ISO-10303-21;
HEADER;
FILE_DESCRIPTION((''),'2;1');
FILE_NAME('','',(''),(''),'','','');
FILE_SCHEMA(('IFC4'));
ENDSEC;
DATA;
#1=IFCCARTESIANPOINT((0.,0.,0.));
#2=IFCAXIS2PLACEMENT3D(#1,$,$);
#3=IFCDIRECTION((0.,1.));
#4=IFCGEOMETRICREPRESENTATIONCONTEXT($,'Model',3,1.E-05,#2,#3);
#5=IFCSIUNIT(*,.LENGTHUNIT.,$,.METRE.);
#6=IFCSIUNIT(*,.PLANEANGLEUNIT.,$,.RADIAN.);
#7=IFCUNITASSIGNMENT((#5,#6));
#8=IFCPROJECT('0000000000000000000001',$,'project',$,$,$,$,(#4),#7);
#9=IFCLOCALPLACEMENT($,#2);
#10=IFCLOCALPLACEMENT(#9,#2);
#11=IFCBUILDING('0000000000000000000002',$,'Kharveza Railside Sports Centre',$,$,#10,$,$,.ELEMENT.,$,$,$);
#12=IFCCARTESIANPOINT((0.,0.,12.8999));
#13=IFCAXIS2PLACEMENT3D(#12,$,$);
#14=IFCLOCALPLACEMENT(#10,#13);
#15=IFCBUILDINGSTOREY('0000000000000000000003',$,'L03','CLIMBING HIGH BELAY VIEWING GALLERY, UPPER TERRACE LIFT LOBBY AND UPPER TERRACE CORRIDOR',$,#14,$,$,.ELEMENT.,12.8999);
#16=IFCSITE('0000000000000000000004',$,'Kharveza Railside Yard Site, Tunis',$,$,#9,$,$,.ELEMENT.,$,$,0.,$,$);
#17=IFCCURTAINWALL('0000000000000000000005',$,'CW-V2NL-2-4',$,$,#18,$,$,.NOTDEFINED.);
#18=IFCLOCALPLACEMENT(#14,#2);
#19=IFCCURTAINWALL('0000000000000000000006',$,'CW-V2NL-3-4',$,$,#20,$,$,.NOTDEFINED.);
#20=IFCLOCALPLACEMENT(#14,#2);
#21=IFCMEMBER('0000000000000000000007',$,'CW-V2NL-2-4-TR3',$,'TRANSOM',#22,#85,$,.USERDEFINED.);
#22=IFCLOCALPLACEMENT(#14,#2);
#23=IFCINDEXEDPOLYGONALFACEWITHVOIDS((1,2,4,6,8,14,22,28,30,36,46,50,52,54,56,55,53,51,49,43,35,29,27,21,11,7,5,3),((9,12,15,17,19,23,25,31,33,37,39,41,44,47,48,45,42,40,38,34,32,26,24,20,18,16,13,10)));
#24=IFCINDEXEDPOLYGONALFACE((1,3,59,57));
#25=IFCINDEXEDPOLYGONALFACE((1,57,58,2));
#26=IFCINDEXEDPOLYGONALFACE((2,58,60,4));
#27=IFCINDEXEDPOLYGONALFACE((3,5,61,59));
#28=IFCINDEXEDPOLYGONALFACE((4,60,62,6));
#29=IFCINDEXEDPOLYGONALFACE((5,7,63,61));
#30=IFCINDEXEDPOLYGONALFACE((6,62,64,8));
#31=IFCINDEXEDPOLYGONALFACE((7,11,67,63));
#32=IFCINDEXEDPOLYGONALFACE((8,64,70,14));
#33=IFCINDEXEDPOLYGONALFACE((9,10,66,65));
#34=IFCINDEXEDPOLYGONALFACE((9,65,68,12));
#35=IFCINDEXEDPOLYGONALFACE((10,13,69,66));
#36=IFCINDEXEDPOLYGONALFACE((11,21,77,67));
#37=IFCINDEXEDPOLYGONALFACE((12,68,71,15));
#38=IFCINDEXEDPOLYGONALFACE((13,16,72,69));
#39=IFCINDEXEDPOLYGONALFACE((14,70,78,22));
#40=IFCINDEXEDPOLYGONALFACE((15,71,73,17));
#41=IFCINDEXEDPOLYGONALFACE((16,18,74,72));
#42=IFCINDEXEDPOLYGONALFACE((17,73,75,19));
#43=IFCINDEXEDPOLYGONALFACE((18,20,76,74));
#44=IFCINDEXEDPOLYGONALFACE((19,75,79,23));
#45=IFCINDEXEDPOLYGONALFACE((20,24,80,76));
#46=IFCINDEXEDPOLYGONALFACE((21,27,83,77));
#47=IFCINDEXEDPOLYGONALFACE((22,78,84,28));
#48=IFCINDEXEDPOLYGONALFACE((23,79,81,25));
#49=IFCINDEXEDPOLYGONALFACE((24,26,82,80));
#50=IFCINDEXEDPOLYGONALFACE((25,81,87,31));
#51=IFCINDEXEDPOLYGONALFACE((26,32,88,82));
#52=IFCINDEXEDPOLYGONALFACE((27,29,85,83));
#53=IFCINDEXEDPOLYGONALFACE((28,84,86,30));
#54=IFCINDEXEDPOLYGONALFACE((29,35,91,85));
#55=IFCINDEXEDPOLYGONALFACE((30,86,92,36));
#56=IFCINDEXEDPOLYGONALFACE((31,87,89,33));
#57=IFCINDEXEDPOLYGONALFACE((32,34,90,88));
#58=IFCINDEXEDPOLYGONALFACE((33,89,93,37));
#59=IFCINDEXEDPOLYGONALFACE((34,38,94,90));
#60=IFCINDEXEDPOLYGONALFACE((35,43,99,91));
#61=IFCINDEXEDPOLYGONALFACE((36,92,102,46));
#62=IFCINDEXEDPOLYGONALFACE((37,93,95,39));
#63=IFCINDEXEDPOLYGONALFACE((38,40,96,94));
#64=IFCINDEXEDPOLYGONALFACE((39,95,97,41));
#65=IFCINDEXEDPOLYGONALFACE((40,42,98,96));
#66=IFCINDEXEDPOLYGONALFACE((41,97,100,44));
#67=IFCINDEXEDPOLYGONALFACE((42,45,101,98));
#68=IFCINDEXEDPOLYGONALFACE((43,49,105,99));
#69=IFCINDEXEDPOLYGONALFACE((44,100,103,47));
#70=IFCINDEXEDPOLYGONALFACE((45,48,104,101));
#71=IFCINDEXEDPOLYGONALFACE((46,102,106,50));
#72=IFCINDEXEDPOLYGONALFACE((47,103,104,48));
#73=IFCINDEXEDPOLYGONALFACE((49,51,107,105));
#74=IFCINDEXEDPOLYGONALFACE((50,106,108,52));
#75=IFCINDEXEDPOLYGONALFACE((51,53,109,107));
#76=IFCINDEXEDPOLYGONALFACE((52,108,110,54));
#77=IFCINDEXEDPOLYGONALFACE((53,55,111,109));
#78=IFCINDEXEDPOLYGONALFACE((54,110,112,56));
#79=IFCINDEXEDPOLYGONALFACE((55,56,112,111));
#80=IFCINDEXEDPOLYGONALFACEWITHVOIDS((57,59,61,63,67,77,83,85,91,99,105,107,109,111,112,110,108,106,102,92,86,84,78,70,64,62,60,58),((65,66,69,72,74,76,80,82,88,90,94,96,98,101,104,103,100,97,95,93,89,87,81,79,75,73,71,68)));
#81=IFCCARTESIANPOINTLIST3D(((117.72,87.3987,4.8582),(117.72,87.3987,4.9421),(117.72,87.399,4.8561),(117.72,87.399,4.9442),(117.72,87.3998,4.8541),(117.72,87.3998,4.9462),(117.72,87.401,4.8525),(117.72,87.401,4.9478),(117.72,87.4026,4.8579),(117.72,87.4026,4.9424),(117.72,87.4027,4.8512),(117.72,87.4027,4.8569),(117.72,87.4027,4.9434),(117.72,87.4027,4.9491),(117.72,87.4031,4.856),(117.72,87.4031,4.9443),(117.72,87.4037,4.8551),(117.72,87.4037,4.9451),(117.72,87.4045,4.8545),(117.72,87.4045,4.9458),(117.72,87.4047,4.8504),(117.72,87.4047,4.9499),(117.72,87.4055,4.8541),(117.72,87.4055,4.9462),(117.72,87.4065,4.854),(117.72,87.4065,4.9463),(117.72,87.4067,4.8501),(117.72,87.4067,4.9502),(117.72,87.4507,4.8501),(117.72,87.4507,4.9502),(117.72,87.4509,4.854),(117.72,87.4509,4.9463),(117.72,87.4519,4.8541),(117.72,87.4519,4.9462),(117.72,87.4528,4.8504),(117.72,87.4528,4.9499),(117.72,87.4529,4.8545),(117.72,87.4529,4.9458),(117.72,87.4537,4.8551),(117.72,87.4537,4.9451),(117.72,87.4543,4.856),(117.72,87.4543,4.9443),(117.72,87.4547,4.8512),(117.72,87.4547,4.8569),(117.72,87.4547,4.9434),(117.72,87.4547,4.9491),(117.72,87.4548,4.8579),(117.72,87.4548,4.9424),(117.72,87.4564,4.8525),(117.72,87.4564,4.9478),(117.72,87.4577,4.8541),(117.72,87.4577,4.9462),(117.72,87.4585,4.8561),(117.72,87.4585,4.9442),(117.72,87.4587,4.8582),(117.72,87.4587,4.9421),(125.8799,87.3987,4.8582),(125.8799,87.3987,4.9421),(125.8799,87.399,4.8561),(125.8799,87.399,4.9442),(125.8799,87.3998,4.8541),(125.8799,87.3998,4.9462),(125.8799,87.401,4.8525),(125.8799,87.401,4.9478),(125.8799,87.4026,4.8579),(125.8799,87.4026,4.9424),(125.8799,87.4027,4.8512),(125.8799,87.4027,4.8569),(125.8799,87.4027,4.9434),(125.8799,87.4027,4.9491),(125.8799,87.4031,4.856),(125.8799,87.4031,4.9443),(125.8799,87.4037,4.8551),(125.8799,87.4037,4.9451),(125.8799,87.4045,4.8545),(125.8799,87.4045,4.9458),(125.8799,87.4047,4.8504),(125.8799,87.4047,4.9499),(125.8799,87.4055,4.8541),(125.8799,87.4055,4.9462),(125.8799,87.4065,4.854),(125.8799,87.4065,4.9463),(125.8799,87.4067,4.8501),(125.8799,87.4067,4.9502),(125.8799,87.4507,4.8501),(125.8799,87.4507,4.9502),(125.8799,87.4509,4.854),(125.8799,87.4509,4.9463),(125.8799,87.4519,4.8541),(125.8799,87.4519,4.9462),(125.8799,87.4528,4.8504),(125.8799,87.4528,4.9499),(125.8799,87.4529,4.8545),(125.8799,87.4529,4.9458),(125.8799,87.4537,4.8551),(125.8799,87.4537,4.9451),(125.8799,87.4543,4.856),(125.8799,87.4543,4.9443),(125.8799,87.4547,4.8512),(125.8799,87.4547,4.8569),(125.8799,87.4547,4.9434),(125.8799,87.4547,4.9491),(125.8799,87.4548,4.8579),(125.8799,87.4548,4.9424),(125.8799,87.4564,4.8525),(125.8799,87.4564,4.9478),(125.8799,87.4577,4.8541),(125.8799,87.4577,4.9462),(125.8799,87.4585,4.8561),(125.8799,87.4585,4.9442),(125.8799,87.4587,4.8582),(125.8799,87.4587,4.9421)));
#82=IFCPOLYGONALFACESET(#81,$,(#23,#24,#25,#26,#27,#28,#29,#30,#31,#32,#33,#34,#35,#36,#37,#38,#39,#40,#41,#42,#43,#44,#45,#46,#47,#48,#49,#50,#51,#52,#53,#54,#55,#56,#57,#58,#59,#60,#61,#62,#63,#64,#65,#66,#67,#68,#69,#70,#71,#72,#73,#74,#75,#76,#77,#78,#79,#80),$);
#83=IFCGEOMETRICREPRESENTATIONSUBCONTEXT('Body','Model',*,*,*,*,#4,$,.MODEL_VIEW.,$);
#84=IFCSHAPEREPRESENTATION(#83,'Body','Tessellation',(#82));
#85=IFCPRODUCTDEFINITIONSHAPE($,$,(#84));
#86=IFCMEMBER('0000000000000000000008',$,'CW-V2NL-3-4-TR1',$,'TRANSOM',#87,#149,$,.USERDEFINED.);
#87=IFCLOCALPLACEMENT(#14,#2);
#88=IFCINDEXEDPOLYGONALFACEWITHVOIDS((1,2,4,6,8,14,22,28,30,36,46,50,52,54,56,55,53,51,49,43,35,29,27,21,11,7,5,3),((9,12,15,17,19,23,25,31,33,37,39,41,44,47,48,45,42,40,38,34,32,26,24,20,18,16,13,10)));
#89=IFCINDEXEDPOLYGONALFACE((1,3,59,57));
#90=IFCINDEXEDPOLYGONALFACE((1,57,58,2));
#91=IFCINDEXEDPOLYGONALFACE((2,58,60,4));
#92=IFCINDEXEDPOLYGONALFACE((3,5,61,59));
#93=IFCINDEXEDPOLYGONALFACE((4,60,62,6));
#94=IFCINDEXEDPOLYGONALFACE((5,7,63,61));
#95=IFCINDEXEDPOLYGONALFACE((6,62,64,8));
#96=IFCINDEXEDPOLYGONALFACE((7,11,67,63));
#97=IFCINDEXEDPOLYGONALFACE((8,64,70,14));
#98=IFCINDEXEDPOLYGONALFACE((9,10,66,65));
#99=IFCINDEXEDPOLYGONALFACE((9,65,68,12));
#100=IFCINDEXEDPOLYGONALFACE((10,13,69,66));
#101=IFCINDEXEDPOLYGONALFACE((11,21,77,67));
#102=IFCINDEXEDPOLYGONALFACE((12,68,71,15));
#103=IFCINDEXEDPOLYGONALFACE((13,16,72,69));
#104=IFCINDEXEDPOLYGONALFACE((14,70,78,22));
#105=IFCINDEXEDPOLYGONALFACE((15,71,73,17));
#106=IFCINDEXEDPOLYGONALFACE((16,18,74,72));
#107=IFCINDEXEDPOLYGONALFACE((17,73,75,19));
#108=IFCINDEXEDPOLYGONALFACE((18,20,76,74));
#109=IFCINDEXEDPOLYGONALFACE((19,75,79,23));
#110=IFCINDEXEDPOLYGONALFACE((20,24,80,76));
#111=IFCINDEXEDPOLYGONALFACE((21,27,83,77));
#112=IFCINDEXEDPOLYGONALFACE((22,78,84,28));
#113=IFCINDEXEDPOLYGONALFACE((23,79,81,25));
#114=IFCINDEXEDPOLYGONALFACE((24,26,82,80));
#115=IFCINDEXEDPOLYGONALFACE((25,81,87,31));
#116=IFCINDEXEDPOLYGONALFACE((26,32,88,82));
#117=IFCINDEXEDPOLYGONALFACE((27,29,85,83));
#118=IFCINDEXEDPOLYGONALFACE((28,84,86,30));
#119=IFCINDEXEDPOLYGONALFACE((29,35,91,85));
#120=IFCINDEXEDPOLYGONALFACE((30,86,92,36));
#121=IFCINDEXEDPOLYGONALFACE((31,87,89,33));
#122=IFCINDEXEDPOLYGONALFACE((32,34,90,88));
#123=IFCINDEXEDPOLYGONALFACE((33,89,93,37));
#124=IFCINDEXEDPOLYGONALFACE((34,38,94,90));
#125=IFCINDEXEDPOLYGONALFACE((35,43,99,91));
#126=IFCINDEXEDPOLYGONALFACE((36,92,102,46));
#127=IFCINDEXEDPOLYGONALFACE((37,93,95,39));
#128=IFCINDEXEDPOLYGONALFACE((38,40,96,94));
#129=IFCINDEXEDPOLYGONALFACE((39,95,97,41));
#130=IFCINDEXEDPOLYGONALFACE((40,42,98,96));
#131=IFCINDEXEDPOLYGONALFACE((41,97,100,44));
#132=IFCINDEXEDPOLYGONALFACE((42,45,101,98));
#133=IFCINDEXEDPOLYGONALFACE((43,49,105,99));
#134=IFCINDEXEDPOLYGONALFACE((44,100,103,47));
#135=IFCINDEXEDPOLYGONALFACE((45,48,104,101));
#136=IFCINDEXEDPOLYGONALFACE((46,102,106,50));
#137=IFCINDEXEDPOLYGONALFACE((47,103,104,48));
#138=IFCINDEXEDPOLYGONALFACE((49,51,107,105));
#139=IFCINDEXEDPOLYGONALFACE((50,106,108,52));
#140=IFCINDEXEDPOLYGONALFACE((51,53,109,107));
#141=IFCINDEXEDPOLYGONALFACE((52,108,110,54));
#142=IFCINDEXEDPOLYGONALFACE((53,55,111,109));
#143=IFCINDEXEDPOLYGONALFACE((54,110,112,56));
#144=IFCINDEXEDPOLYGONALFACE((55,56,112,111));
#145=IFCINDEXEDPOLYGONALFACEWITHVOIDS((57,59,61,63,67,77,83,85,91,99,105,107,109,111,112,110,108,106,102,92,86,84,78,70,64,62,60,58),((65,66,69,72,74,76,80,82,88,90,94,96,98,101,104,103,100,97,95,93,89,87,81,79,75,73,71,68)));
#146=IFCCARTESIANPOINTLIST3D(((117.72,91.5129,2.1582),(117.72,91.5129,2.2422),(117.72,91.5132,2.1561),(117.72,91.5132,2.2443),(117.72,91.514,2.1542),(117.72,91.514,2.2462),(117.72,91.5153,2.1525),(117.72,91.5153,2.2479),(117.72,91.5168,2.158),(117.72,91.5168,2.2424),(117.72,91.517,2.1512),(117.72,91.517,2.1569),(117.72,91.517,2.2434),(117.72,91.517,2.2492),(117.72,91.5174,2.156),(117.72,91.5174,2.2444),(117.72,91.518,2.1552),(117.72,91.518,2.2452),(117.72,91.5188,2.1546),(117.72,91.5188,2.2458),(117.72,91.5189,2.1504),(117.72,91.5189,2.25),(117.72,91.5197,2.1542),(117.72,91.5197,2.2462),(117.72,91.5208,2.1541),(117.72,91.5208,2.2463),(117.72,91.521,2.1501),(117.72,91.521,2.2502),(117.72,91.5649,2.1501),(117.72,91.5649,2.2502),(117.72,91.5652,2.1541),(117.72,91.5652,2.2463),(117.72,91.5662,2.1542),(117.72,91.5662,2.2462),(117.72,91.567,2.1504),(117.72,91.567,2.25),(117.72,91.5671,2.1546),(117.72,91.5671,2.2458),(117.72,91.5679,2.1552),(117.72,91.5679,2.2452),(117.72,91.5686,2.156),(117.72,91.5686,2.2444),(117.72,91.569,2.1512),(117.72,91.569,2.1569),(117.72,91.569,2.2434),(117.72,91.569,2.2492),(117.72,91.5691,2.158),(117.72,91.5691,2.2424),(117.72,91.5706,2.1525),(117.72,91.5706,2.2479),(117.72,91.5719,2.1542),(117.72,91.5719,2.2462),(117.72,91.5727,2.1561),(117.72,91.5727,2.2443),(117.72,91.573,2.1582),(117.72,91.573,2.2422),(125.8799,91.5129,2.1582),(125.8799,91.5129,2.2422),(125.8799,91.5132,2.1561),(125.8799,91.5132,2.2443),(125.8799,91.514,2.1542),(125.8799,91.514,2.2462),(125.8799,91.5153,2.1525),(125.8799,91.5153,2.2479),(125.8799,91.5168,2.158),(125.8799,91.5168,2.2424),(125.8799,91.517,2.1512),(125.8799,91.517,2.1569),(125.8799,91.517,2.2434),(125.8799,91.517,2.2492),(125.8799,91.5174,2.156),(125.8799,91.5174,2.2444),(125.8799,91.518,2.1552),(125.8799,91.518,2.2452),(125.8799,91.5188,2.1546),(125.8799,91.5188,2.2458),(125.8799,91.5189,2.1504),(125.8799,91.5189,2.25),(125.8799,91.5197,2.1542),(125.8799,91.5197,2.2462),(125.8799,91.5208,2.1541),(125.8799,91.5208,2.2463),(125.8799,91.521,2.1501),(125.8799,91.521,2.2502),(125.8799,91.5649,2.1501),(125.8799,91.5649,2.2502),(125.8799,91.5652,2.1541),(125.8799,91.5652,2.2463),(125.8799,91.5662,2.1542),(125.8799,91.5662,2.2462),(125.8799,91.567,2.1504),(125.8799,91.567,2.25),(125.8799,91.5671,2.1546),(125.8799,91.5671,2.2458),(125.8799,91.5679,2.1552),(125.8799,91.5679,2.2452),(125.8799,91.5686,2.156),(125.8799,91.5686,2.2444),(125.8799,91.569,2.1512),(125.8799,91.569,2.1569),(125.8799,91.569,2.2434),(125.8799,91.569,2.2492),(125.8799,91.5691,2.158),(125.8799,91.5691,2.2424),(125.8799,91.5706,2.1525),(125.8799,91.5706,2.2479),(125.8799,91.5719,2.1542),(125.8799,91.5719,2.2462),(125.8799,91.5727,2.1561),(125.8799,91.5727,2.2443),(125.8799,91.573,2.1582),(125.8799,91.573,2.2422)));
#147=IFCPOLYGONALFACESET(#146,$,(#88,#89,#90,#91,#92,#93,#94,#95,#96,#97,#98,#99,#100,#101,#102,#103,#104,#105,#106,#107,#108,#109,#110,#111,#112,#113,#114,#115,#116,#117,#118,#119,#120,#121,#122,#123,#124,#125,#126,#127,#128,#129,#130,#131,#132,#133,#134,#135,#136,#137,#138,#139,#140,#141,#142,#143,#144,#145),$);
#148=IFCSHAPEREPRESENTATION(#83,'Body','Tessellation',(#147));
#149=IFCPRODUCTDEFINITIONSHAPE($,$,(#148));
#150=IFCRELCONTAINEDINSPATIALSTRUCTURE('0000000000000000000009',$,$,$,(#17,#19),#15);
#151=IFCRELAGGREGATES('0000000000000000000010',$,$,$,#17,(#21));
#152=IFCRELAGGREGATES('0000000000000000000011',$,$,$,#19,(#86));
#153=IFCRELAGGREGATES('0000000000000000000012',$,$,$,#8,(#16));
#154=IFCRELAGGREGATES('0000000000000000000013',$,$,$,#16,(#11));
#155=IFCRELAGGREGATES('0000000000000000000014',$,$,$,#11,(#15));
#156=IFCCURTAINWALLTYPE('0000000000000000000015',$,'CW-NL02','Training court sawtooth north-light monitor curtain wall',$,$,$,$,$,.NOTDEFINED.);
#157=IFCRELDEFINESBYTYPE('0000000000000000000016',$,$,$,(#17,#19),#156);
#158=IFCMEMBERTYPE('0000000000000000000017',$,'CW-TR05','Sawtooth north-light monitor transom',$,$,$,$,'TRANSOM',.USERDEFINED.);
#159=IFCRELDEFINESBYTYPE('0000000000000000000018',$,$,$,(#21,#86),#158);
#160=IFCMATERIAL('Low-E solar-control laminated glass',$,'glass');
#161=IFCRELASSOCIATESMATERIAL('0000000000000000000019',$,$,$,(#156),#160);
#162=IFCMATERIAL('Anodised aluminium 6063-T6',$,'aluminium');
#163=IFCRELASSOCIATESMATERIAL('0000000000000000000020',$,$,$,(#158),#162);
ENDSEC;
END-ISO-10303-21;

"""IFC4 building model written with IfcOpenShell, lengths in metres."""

from ifc_helpers import new_model, si_unit, direction, frame, origin, origin_2d, place, context, subcontext, project, spatial, hollow_rectangle, extrude, material, material_profile, profile_set, type_object, element, aggregate, save


model = new_model("IFC4")

# Units and contexts
model_context = context("Model", 3, precision=1e-05, world=origin(), true_north=direction((0.0, 1.0)))
body_context = subcontext(model_context, "Body", "Model", "MODEL_VIEW")
ifc_project = project(units=[si_unit("LENGTHUNIT", "METRE"), si_unit("PLANEANGLEUNIT", "RADIAN")], contexts=[model_context])

# Site, building, storey
site_placement = place(None, origin())
site = spatial("IfcSite", under=ifc_project, at=site_placement, Name="Kharveza Railside Yard Site, Tunis", CompositionType="ELEMENT", RefElevation=0.0)
building_placement = place(site_placement, origin())
building = spatial("IfcBuilding", under=site, at=building_placement, Name="Kharveza Railside Sports Centre", CompositionType="ELEMENT")
storey_placement = place(building_placement, frame((0.0, 0.0, 12.8999)))
storey = spatial("IfcBuildingStorey", under=building, at=storey_placement, Name="L03", Description="CLIMBING HIGH BELAY VIEWING GALLERY, UPPER TERRACE LIFT LOBBY AND UPPER TERRACE CORRIDOR", CompositionType="ELEMENT", Elevation=12.8999)

# Curtain walls
ifc_material_1 = material(Name="Low-E solar-control laminated glass", Category="glass")
curtain_wall_type = type_object("IfcCurtainWallType", Name="CW-NL02", Description="Training court sawtooth north-light monitor curtain wall", PredefinedType="NOTDEFINED", material=ifc_material_1)
curtain_wall_1_placement = place(storey_placement, origin())
curtain_wall_1 = element("IfcCurtainWall", 1, at=curtain_wall_1_placement, inside=storey, type_object=curtain_wall_type, Name="CW-V2NL-2-4", PredefinedType="NOTDEFINED")
ifc_material_2 = material(Name="Anodised aluminium 6063-T6", Category="aluminium")
curtain_wall_2_placement = place(storey_placement, origin())
curtain_wall_2 = element("IfcCurtainWall", 2, at=curtain_wall_2_placement, inside=storey, type_object=curtain_wall_type, Name="CW-V2NL-3-4", PredefinedType="NOTDEFINED")

# Members
ifc_material_profile_1 = material_profile(ifc_material_2, hollow_rectangle(XDim=0.0601, YDim=0.1001, WallThickness=0.0039, InnerFilletRadius=0.0039, OuterFilletRadius=0.0081, at=origin_2d()), Name="RHS 60x100x4.0")
ifc_profile_set_1 = profile_set([ifc_material_profile_1], Name="Anodised aluminium 6063-T6")
member_type_1 = type_object("IfcMemberType", Name="CW-TR05", Description="Sawtooth north-light monitor transom", ElementType="TRANSOM", PredefinedType="USERDEFINED", material=ifc_profile_set_1)
member_1_placement = place(storey_placement, frame((117.72, 87.4287, 4.9001), z_axis=(1.0, 0.0, 0.0), x_axis=(0.0, 1.0, 0.0)))
member_1 = element("IfcMember", 3, at=member_1_placement, type_object=member_type_1, Name="CW-V2NL-2-4-TR3", ObjectType="TRANSOM", PredefinedType="USERDEFINED", context=body_context, shape_type="SweptSolid", body=[
    extrude(hollow_rectangle(XDim=0.0601, YDim=0.1001, WallThickness=0.0039, InnerFilletRadius=0.0039, OuterFilletRadius=0.0081, at=origin_2d()), origin(), (0.0, 0.0, 1.0), 8.1599),
])
member_2_placement = place(storey_placement, frame((117.72, 91.543, 2.2002), z_axis=(1.0, 0.0, 0.0), x_axis=(0.0, 1.0, 0.0)))
member_2 = element("IfcMember", 4, at=member_2_placement, type_object=member_type_1, Name="CW-V2NL-3-4-TR1", ObjectType="TRANSOM", PredefinedType="USERDEFINED", context=body_context, shape_type="SweptSolid", body=[
    extrude(hollow_rectangle(XDim=0.0601, YDim=0.1001, WallThickness=0.0039, InnerFilletRadius=0.0039, OuterFilletRadius=0.0081, at=origin_2d()), origin(), (0.0, 0.0, 1.0), 8.1599),
])

aggregate(curtain_wall_1, [member_1])
aggregate(curtain_wall_2, [member_2])

save(model, "model.ifc")
